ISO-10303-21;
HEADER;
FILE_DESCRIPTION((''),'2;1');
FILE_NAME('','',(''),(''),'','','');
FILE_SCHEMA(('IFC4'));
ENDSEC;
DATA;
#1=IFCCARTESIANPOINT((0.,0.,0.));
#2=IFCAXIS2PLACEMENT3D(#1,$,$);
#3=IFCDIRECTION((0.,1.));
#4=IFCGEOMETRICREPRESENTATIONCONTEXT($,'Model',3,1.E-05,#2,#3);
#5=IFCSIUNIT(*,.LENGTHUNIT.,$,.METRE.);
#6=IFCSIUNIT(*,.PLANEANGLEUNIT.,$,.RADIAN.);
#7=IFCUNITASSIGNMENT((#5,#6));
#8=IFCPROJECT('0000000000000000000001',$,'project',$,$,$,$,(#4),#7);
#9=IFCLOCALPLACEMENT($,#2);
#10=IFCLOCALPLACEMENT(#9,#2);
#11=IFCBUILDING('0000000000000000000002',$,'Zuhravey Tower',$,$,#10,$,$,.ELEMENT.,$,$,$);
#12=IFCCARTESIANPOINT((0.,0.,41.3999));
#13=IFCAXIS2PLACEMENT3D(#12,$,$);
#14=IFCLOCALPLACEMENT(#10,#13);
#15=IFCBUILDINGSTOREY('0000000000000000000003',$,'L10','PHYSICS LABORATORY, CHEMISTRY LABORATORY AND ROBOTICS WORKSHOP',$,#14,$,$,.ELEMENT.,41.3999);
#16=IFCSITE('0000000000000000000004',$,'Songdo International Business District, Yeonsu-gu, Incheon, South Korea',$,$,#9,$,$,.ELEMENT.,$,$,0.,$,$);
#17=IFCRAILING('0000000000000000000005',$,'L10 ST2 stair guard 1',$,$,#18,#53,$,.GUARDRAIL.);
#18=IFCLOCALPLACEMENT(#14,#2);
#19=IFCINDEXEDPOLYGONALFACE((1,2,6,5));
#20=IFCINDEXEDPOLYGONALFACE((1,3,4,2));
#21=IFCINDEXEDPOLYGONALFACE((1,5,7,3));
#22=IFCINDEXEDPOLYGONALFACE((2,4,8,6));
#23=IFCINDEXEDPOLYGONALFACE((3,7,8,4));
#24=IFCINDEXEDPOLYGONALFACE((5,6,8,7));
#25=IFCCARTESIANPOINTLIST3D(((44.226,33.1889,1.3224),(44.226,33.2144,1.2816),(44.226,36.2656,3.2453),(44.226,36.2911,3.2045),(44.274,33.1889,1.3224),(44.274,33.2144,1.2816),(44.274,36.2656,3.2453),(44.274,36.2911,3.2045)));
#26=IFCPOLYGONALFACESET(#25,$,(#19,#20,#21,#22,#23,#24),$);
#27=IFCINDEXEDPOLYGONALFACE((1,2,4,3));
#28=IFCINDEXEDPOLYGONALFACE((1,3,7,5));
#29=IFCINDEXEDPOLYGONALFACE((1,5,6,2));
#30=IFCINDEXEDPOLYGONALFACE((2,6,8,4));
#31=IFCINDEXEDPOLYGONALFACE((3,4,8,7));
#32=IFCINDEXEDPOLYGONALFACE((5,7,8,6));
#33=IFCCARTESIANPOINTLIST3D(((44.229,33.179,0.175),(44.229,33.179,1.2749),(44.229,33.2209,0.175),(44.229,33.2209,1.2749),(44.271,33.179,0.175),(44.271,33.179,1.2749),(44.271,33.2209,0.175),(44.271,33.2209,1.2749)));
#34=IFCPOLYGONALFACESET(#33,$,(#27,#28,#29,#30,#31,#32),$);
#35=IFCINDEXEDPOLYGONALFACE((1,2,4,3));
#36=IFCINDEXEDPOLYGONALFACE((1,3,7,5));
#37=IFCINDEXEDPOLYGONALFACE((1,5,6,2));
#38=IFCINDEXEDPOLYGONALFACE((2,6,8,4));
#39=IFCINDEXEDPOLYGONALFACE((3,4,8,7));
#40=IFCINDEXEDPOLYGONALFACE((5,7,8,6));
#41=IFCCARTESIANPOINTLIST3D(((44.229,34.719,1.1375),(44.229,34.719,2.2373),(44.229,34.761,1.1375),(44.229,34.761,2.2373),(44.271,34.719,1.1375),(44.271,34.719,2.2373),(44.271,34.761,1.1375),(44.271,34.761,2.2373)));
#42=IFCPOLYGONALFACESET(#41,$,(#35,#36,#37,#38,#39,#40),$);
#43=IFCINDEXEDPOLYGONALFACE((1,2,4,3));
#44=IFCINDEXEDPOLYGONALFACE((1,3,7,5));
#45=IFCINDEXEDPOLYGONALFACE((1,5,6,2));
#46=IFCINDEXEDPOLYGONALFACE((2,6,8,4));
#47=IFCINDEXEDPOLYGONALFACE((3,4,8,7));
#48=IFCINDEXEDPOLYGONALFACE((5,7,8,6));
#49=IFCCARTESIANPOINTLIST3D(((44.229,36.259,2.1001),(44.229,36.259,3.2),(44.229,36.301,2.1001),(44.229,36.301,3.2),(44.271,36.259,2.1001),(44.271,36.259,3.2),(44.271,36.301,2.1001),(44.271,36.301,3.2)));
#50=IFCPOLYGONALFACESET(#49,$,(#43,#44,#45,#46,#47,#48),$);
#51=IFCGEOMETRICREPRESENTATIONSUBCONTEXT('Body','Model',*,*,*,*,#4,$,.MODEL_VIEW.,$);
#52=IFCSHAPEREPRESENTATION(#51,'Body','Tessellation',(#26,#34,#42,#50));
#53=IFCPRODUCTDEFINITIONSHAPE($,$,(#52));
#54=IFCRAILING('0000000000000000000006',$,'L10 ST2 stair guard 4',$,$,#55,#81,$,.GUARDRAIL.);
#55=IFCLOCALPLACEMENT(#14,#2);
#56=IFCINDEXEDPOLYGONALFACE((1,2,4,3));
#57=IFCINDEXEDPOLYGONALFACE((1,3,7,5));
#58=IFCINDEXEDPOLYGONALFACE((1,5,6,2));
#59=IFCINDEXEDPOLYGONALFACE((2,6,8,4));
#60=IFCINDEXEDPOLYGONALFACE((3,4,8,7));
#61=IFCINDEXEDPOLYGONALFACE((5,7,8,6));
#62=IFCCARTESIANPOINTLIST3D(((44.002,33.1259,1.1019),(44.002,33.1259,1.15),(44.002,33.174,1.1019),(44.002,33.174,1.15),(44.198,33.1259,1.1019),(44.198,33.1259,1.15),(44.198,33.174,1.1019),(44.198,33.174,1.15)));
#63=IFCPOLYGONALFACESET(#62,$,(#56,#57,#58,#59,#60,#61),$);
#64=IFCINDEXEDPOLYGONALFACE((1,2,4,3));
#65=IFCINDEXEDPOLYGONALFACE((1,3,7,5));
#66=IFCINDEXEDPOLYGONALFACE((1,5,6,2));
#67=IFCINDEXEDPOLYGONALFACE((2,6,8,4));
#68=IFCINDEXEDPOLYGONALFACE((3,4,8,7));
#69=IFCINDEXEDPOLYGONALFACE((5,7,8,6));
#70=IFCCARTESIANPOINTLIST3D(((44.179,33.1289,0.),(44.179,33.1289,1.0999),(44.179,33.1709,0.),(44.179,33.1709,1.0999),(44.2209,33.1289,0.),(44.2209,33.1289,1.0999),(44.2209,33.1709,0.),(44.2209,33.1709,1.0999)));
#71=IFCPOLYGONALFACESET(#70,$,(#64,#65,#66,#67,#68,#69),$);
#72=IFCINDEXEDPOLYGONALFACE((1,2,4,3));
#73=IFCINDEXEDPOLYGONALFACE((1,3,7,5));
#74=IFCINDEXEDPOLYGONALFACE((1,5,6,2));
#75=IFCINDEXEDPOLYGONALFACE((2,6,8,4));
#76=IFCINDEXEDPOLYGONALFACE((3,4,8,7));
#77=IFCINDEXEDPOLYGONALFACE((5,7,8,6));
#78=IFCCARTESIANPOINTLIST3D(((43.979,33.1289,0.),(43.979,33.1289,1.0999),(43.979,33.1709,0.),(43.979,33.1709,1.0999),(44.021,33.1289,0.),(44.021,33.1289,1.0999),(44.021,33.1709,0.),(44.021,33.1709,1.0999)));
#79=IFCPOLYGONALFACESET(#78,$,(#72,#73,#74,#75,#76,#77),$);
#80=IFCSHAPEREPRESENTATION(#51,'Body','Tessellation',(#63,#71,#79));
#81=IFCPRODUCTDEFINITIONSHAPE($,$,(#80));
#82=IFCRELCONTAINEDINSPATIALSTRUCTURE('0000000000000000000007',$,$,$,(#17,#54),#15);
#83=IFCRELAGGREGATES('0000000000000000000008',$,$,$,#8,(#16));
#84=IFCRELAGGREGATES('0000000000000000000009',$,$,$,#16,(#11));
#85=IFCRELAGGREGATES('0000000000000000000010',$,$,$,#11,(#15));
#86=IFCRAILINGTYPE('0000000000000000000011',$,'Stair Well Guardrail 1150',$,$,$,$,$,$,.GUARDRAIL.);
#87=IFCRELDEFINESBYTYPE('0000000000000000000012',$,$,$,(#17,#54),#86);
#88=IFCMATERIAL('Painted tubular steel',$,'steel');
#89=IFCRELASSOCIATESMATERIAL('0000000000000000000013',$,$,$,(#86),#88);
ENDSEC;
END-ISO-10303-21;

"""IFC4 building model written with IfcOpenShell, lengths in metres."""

from ifc_helpers import new_model, si_unit, direction, frame, origin, origin_2d, place, context, subcontext, project, spatial, rectangle, extrude, material, type_object, element, save


model = new_model("IFC4")

# Units and contexts
model_context = context("Model", 3, precision=1e-05, world=origin(), true_north=direction((0.0, 1.0)))
body_context = subcontext(model_context, "Body", "Model", "MODEL_VIEW")
ifc_project = project(units=[si_unit("LENGTHUNIT", "METRE"), si_unit("PLANEANGLEUNIT", "RADIAN")], contexts=[model_context])

# Site, building, storey
site_placement = place(None, origin())
site = spatial("IfcSite", under=ifc_project, at=site_placement, Name="Songdo International Business District, Yeonsu-gu, Incheon, South Korea", CompositionType="ELEMENT", RefElevation=0.0)
building_placement = place(site_placement, origin())
building = spatial("IfcBuilding", under=site, at=building_placement, Name="Zuhravey Tower", CompositionType="ELEMENT")
storey_placement = place(building_placement, frame((0.0, 0.0, 41.3999)))
storey = spatial("IfcBuildingStorey", under=building, at=storey_placement, Name="L10", Description="PHYSICS LABORATORY, CHEMISTRY LABORATORY AND ROBOTICS WORKSHOP", CompositionType="ELEMENT", Elevation=41.3999)

# Railings
ifc_material_1 = material(Name="Painted tubular steel", Category="steel")
railing_type_1 = type_object("IfcRailingType", Name="Stair Well Guardrail 1150", PredefinedType="GUARDRAIL", material=ifc_material_1)
railing_1_placement = place(storey_placement, frame((44.25, 33.2, 0.175)))
element("IfcRailing", 1, at=railing_1_placement, inside=storey, type_object=railing_type_1, Name="L10 ST2 stair guard 1", PredefinedType="GUARDRAIL", context=body_context, shape_type="SweptSolid", body=[
    extrude(rectangle(XDim=0.0481, YDim=0.0481, at=origin_2d()), frame((0.0, 0.0017, 1.127), z_axis=(0.0, 0.847998, 0.529999), x_axis=(-1.0, 0.0, 0.0)), (0.0, 0.0, 1.0), 3.6282),
    extrude(rectangle(XDim=0.042, YDim=0.042, at=origin_2d()), origin(), (0.0, 0.0, 1.0), 1.0999),
    extrude(rectangle(XDim=0.042, YDim=0.042, at=origin_2d()), frame((0.0, 1.54, 0.9624)), (0.0, 0.0, 1.0), 1.0999),
    extrude(rectangle(XDim=0.042, YDim=0.042, at=origin_2d()), frame((0.0, 3.0801, 1.925)), (0.0, 0.0, 1.0), 1.0999),
])
railing_2_placement = place(storey_placement, frame((44.2, 33.1499, 0.0)))
element("IfcRailing", 2, at=railing_2_placement, inside=storey, type_object=railing_type_1, Name="L10 ST2 stair guard 4", PredefinedType="GUARDRAIL", context=body_context, shape_type="SweptSolid", body=[
    extrude(rectangle(XDim=0.0481, YDim=0.0481, at=origin_2d()), frame((-0.002, 0.0, 1.126), z_axis=(-1.0, 0.0, 0.0), x_axis=(0.0, -1.0, 0.0)), (0.0, 0.0, 1.0), 0.196),
    extrude(rectangle(XDim=0.042, YDim=0.042, at=origin_2d()), origin(), (0.0, 0.0, 1.0), 1.0999),
    extrude(rectangle(XDim=0.042, YDim=0.042, at=origin_2d()), frame((-0.2, 0.0, 0.0)), (0.0, 0.0, 1.0), 1.0999),
])

save(model, "model.ifc")
